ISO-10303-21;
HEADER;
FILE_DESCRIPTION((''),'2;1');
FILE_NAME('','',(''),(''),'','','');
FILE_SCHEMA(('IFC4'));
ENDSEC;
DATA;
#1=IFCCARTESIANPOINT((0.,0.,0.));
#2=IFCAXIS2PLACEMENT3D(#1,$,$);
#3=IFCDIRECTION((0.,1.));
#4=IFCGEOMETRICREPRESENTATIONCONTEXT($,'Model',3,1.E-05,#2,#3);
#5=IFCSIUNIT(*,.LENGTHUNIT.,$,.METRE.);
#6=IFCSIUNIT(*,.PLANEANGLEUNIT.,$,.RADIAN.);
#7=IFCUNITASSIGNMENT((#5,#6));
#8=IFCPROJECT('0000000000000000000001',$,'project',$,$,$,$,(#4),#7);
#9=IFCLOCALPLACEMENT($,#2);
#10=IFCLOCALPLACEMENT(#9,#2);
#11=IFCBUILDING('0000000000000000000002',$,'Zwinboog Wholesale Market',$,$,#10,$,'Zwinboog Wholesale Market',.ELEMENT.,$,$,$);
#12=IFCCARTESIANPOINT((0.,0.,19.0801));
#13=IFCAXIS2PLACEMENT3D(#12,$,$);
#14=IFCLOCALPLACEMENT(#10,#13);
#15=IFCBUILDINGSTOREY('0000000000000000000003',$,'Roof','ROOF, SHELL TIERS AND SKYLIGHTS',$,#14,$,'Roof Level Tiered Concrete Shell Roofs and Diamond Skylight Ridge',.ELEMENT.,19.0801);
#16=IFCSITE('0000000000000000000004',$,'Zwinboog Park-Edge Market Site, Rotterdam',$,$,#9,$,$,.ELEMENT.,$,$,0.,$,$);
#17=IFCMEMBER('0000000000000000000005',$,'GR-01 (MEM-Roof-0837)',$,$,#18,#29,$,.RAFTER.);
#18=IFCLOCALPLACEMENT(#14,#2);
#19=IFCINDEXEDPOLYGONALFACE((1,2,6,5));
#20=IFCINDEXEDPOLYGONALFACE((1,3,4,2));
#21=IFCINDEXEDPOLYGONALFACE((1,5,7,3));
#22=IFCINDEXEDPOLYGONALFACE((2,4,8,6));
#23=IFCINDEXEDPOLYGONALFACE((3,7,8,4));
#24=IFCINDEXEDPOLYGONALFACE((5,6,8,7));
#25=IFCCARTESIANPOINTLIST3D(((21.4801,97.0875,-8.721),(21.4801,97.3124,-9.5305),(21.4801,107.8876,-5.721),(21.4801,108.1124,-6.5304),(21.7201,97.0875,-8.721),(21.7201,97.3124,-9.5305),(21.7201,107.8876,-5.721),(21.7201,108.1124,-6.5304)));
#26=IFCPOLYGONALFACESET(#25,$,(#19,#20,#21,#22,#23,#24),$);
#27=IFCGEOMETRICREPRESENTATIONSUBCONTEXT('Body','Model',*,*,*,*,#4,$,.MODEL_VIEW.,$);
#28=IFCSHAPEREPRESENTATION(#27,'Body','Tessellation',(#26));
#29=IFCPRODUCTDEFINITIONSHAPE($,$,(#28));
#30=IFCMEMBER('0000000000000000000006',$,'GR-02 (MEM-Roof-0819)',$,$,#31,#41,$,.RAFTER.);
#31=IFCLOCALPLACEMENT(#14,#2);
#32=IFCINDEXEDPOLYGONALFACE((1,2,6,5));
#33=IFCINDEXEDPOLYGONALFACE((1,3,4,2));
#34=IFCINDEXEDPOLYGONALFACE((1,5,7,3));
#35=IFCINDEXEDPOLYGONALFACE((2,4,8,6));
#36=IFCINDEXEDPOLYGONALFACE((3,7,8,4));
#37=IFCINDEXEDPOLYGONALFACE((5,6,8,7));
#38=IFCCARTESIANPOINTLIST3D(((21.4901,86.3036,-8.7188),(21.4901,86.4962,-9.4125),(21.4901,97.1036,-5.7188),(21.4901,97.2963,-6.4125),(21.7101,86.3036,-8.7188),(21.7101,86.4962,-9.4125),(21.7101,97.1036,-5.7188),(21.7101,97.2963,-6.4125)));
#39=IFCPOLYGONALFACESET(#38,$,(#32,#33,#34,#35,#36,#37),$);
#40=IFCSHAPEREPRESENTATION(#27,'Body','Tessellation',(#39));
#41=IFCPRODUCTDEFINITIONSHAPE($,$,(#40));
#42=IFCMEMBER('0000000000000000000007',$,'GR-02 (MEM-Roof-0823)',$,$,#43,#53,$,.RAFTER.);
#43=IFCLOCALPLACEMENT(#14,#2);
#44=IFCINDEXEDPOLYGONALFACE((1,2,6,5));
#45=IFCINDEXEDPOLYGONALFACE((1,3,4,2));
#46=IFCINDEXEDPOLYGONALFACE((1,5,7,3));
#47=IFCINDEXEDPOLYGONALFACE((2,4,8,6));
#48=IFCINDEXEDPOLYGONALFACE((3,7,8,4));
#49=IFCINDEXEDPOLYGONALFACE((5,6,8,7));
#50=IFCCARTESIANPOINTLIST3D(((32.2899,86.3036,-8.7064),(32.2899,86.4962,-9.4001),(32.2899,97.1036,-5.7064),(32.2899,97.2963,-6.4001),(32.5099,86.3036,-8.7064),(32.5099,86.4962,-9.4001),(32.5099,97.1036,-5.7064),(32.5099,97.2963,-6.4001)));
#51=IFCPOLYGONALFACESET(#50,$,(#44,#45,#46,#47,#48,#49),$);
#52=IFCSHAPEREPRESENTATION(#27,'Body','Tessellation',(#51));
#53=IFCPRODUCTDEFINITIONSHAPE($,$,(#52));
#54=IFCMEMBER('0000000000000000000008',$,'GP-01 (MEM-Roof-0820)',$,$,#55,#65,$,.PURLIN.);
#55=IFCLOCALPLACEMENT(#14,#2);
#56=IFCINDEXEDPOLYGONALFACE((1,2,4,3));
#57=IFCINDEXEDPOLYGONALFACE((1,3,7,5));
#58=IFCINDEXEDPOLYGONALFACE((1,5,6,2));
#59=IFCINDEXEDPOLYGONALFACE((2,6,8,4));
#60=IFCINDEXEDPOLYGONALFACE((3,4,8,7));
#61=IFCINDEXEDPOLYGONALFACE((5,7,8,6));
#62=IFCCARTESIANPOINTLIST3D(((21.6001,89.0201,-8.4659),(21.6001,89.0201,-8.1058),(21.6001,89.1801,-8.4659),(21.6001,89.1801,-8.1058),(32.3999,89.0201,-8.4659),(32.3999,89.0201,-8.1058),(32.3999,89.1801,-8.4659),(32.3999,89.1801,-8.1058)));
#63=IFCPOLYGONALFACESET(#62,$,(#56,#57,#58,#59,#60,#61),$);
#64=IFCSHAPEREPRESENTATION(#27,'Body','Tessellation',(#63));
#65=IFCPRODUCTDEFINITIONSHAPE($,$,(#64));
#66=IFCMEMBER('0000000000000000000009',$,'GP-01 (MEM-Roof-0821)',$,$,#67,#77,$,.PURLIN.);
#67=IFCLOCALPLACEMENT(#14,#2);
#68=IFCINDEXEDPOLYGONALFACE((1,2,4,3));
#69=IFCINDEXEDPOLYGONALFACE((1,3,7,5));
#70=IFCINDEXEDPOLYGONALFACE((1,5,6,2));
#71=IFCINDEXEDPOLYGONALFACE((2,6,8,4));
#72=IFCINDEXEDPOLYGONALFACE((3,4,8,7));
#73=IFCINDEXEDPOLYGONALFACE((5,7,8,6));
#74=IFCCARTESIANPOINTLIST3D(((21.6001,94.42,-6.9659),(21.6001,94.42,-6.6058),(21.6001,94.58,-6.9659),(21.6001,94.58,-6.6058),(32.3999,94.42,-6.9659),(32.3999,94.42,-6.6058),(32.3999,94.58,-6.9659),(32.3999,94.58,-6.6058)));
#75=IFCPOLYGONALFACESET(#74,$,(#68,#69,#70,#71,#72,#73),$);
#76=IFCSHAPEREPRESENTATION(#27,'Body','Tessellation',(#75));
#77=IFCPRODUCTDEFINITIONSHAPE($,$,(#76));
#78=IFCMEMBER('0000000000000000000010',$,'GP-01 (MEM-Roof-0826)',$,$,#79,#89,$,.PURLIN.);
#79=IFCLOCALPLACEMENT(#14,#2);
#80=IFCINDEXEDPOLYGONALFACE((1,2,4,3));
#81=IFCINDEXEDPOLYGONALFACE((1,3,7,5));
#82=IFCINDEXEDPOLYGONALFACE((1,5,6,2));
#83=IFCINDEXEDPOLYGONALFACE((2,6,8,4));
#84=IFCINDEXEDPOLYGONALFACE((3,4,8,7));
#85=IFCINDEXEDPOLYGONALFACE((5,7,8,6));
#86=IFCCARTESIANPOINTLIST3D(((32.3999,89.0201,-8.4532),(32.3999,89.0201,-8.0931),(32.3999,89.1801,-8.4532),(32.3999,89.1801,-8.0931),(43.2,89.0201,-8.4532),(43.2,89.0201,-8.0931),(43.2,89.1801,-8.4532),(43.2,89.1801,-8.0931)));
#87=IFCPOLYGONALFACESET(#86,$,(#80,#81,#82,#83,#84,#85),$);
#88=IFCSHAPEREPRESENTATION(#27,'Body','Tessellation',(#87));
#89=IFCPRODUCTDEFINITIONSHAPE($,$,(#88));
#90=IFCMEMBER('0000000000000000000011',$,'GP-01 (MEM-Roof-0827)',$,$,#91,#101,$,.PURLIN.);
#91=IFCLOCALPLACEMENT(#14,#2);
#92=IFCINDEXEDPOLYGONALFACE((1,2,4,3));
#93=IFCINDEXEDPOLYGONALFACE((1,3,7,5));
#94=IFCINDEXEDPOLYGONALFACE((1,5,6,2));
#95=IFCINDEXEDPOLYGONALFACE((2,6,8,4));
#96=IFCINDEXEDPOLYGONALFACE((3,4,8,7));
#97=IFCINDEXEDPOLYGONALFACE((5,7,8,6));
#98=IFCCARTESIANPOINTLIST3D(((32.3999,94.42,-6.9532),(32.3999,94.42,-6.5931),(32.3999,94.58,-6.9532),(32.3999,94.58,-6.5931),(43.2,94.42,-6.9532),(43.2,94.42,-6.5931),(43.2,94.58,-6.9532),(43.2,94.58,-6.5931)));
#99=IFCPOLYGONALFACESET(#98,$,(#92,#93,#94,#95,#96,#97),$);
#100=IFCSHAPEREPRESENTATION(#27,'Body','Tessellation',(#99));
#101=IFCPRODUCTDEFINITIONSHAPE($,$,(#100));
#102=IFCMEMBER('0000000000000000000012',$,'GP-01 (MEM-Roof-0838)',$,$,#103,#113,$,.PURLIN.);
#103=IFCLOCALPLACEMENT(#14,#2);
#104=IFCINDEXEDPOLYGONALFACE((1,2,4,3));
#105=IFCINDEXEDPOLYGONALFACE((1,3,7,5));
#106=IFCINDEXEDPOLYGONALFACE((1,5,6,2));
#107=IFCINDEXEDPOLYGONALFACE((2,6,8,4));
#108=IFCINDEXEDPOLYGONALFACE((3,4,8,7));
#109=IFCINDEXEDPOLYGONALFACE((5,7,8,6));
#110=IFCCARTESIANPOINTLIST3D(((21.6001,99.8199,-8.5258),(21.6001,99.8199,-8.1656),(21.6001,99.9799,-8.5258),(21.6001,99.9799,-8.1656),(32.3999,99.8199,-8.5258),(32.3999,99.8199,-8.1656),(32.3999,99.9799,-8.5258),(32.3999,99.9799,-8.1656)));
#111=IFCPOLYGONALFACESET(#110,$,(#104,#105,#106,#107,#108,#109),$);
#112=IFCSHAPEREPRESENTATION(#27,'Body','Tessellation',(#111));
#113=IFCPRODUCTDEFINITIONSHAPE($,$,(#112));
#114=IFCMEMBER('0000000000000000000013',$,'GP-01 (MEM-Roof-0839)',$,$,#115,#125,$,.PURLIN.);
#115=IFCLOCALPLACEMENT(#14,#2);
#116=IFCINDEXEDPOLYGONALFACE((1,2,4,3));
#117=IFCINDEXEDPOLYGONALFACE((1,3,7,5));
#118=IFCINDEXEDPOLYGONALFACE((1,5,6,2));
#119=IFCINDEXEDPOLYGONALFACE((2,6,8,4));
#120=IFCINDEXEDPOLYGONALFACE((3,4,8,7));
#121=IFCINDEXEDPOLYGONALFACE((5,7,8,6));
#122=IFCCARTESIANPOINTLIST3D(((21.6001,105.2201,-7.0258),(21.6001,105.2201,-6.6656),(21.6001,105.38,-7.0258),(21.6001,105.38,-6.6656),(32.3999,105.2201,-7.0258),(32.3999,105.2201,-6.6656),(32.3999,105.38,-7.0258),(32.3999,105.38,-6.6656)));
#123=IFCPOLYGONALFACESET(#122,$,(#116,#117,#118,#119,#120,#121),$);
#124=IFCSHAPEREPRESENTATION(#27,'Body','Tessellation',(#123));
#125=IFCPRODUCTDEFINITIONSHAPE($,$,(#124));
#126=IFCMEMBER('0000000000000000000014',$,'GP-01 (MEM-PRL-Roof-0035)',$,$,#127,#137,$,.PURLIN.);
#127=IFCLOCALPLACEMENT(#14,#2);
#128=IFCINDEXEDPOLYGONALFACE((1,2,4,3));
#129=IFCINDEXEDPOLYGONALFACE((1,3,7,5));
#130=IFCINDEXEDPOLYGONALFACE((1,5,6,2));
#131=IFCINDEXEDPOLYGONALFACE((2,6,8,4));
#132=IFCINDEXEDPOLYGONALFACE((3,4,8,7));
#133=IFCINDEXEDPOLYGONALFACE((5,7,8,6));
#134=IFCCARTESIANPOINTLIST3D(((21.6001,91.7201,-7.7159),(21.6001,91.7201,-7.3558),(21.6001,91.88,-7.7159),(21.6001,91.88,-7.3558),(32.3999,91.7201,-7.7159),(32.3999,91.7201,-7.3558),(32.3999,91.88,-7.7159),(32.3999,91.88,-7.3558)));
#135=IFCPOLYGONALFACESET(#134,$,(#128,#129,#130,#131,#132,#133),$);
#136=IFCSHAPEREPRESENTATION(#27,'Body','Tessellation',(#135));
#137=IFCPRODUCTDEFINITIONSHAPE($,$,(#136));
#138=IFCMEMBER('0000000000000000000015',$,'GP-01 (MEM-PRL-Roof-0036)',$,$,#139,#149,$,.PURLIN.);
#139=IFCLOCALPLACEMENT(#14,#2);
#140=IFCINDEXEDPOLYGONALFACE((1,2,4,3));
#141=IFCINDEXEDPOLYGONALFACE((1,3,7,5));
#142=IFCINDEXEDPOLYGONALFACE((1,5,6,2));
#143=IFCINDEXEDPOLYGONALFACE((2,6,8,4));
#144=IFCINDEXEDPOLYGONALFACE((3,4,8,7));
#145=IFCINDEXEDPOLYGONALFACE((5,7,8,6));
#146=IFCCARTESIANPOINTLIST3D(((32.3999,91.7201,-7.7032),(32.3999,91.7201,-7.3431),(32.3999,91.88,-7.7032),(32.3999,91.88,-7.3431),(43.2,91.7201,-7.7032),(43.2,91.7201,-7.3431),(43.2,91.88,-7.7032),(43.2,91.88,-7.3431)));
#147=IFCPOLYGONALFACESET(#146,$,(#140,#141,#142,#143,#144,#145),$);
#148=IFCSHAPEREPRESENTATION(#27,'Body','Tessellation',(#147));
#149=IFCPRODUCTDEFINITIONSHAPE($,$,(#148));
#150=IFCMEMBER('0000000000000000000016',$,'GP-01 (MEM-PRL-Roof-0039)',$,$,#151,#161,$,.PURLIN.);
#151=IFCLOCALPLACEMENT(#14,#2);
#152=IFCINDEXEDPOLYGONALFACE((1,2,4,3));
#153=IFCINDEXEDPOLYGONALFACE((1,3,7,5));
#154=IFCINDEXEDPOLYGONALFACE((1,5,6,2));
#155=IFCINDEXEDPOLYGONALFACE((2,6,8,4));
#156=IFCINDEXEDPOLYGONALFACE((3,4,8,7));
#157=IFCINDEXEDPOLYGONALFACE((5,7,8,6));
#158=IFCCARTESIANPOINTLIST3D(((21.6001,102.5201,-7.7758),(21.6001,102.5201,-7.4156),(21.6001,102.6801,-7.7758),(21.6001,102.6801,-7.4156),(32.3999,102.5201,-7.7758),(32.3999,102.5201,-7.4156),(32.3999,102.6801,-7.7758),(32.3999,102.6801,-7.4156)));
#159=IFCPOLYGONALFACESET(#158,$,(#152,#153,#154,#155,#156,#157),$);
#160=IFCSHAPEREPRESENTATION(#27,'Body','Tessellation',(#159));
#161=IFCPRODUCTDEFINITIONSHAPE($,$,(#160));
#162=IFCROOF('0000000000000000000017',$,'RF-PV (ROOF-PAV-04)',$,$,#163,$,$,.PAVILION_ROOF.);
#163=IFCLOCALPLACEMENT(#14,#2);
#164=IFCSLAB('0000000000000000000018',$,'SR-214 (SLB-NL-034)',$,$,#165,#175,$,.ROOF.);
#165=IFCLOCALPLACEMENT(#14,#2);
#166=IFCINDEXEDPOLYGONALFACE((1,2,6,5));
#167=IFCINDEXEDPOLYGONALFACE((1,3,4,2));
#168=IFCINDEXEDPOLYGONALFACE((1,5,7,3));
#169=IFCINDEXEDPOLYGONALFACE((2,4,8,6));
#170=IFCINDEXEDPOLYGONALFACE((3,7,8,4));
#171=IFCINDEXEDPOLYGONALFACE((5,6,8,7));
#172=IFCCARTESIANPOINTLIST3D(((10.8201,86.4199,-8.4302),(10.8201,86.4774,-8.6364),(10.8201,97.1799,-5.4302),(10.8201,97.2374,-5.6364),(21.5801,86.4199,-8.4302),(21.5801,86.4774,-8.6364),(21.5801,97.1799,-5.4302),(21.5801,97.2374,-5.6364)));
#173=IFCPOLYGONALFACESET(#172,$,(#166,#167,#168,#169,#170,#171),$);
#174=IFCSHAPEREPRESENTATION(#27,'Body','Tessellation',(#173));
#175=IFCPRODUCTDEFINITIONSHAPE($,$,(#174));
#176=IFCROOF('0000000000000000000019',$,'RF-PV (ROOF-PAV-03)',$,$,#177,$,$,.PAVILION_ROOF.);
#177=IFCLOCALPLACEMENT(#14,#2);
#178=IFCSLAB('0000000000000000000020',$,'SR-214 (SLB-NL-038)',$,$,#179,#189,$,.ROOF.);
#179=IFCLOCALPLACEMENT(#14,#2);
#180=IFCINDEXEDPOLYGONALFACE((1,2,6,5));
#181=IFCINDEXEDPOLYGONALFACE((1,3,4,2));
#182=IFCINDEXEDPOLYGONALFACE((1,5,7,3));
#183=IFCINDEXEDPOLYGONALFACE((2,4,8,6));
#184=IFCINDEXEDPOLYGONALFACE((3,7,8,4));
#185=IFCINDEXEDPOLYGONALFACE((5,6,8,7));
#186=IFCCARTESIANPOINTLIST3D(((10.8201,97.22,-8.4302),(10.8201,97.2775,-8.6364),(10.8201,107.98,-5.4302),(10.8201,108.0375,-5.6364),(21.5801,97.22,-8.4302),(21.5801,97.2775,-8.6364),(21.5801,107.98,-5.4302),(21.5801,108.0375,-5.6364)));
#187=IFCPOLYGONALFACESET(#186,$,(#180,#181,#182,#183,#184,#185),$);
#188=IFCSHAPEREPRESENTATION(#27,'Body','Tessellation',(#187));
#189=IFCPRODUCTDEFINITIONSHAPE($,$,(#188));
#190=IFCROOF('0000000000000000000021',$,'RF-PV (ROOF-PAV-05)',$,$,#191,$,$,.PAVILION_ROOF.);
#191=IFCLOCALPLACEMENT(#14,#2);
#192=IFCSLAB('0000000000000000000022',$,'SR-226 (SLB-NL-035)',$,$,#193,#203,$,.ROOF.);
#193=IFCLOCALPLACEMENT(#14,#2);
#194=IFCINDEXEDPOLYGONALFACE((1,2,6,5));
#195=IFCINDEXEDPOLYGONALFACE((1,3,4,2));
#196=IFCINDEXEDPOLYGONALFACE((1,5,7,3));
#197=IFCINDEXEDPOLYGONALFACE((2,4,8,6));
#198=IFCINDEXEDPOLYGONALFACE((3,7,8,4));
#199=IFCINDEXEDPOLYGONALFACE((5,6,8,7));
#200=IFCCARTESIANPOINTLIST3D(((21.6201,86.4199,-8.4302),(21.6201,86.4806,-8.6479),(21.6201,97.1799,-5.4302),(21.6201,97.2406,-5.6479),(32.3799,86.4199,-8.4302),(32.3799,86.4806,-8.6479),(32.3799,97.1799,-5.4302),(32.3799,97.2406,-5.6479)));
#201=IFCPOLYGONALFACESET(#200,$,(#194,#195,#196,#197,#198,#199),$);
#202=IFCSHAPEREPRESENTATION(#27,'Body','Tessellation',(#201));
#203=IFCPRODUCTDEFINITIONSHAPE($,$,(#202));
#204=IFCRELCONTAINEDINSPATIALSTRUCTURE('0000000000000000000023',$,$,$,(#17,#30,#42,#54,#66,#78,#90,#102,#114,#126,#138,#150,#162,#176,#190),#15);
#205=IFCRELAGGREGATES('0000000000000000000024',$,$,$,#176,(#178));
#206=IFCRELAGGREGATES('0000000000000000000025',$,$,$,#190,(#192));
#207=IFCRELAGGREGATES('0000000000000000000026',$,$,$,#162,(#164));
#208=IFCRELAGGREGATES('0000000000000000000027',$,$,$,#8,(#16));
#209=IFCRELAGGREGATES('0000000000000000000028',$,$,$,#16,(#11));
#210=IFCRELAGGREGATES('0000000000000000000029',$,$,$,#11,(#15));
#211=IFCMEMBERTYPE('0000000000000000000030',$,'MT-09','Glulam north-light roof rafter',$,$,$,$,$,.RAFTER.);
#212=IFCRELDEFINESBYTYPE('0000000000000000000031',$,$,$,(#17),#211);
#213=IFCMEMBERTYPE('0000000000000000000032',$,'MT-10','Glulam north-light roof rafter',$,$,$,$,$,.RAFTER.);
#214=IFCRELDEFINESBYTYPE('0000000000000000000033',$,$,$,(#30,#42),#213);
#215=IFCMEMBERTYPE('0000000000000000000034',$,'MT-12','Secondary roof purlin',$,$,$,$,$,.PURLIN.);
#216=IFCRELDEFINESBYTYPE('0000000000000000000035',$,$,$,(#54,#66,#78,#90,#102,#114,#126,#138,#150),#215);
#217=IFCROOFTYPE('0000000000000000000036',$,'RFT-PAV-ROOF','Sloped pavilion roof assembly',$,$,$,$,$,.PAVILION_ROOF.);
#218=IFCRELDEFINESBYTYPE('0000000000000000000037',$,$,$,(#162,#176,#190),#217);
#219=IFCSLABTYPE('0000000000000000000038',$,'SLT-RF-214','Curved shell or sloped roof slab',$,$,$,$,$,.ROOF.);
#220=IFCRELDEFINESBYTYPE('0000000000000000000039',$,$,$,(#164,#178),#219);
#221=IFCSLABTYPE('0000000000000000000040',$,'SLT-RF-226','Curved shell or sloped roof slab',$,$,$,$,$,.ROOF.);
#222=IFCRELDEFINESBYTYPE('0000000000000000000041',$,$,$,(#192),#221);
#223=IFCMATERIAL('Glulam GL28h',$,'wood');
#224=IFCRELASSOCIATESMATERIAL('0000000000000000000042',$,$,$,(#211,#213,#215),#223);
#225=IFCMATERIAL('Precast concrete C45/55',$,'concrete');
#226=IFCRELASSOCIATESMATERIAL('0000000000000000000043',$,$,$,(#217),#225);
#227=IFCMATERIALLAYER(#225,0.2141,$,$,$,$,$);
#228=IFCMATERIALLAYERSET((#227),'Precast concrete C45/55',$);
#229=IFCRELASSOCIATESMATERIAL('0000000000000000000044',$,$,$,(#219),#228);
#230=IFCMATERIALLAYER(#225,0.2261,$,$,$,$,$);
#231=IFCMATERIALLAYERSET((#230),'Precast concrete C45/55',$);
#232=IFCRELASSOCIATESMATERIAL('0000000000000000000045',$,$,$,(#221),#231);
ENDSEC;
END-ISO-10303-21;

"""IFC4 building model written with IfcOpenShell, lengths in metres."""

from ifc_helpers import new_model, si_unit, direction, frame, origin, origin_2d, place, context, subcontext, project, spatial, polyline, rectangle, outline, extrude, material, layer, layer_set, material_profile, profile_set, type_object, element, aggregate, save


model = new_model("IFC4")

# Units and contexts
model_context = context("Model", 3, precision=1e-05, world=origin(), true_north=direction((0.0, 1.0)))
body_context = subcontext(model_context, "Body", "Model", "MODEL_VIEW")
ifc_project = project(units=[si_unit("LENGTHUNIT", "METRE"), si_unit("PLANEANGLEUNIT", "RADIAN")], contexts=[model_context])

# Site, building, storey
site_placement = place(None, origin())
site = spatial("IfcSite", under=ifc_project, at=site_placement, Name="Zwinboog Park-Edge Market Site, Rotterdam", CompositionType="ELEMENT", RefElevation=0.0)
building_placement = place(site_placement, origin())
building = spatial("IfcBuilding", under=site, at=building_placement, Name="Zwinboog Wholesale Market", LongName="Zwinboog Wholesale Market", CompositionType="ELEMENT")
storey_placement = place(building_placement, frame((0.0, 0.0, 19.0801)))
storey = spatial("IfcBuildingStorey", under=building, at=storey_placement, Name="Roof", Description="ROOF, SHELL TIERS AND SKYLIGHTS", LongName="Roof Level Tiered Concrete Shell Roofs and Diamond Skylight Ridge", CompositionType="ELEMENT", Elevation=19.0801)

# Shared definitions
ifc_material_1 = material(Name="Precast concrete C45/55", Category="concrete")

# Members
ifc_material_2 = material(Name="Glulam GL28h", Category="wood")
ifc_material_profile_1 = material_profile(ifc_material_2, rectangle(XDim=0.24, YDim=0.8401, at=origin_2d()), Name="GL28h 240x840")
ifc_profile_set_1 = profile_set([ifc_material_profile_1], Name="Glulam GL28h")
member_type_1 = type_object("IfcMemberType", Name="MT-09", Description="Glulam north-light roof rafter", PredefinedType="RAFTER", material=ifc_profile_set_1)
member_1_placement = place(storey_placement, frame((21.6001, 97.2, -9.1257), z_axis=(0.0, 0.963518, 0.267643), x_axis=(-1.0, 0.0, 0.0)))
element("IfcMember", 1, at=member_1_placement, inside=storey, type_object=member_type_1, Name="GR-01 (MEM-Roof-0837)", PredefinedType="RAFTER", context=body_context, shape_type="SweptSolid", body=[
    extrude(rectangle(XDim=0.24, YDim=0.8401, at=origin_2d()), origin(), (0.0, 0.0, 1.0), 11.209),
])
ifc_material_profile_2 = material_profile(ifc_material_2, rectangle(XDim=0.22, YDim=0.72, at=origin_2d()), Name="GL28h 220x720")
ifc_profile_set_2 = profile_set([ifc_material_profile_2], Name="Glulam GL28h")
member_type_2 = type_object("IfcMemberType", Name="MT-10", Description="Glulam north-light roof rafter", PredefinedType="RAFTER", material=ifc_profile_set_2)
for number, where, z_axis, x_axis, name in (
    (2, (21.6001, 86.3999, -9.0657), (0.0, 0.963518, 0.267643), (-1.0, 0.0, 0.0), "GR-02 (MEM-Roof-0819)"),
    (3, (32.3999, 86.3999, -9.0532), (0.0, 0.963518, 0.267643), (-1.0, 0.0, 0.0), "GR-02 (MEM-Roof-0823)"),
):
    element("IfcMember", number, at=place(storey_placement, frame(where, z_axis=z_axis, x_axis=x_axis)), inside=storey, type_object=member_type_2, Name=name, PredefinedType="RAFTER", context=body_context, shape_type="SweptSolid", body=[
        extrude(rectangle(XDim=0.22, YDim=0.72, at=origin_2d()), origin(), (0.0, 0.0, 1.0), 11.209),
    ])
ifc_material_profile_3 = material_profile(ifc_material_2, rectangle(XDim=0.1599, YDim=0.3601, at=origin_2d()), Name="GL28h 160x360")
ifc_profile_set_3 = profile_set([ifc_material_profile_3], Name="Glulam GL28h")
member_type_3 = type_object("IfcMemberType", Name="MT-12", Description="Secondary roof purlin", PredefinedType="PURLIN", material=ifc_profile_set_3)
for number, where, z_axis, x_axis, name in (
    (4, (21.6001, 89.1001, -8.2859), (1.0, 0.0, 0.0), (0.0, 1.0, 0.0), "GP-01 (MEM-Roof-0820)"),
    (5, (21.6001, 94.5, -6.7859), (1.0, 0.0, 0.0), (0.0, 1.0, 0.0), "GP-01 (MEM-Roof-0821)"),
):
    element("IfcMember", number, at=place(storey_placement, frame(where, z_axis=z_axis, x_axis=x_axis)), inside=storey, type_object=member_type_3, Name=name, PredefinedType="PURLIN", context=body_context, shape_type="SweptSolid", body=[
        extrude(rectangle(XDim=0.1599, YDim=0.3601, at=origin_2d()), origin(), (0.0, 0.0, 1.0), 10.7998),
    ])
for number, where, z_axis, x_axis, name in (
    (6, (32.3999, 89.1001, -8.2732), (1.0, 0.0, 0.0), (0.0, 1.0, 0.0), "GP-01 (MEM-Roof-0826)"),
    (7, (32.3999, 94.5, -6.7732), (1.0, 0.0, 0.0), (0.0, 1.0, 0.0), "GP-01 (MEM-Roof-0827)"),
):
    element("IfcMember", number, at=place(storey_placement, frame(where, z_axis=z_axis, x_axis=x_axis)), inside=storey, type_object=member_type_3, Name=name, PredefinedType="PURLIN", context=body_context, shape_type="SweptSolid", body=[
        extrude(rectangle(XDim=0.1599, YDim=0.3601, at=origin_2d()), origin(), (0.0, 0.0, 1.0), 10.8),
    ])
for number, where, z_axis, x_axis, name in (
    (8, (21.6001, 99.8999, -8.3457), (1.0, 0.0, 0.0), (0.0, 1.0, 0.0), "GP-01 (MEM-Roof-0838)"),
    (9, (21.6001, 105.3, -6.8457), (1.0, 0.0, 0.0), (0.0, 1.0, 0.0), "GP-01 (MEM-Roof-0839)"),
    (10, (21.6001, 91.8, -7.5359), (1.0, 0.0, 0.0), (0.0, 1.0, 0.0), "GP-01 (MEM-PRL-Roof-0035)"),
):
    element("IfcMember", number, at=place(storey_placement, frame(where, z_axis=z_axis, x_axis=x_axis)), inside=storey, type_object=member_type_3, Name=name, PredefinedType="PURLIN", context=body_context, shape_type="SweptSolid", body=[
        extrude(rectangle(XDim=0.1599, YDim=0.3601, at=origin_2d()), origin(), (0.0, 0.0, 1.0), 10.7998),
    ])
member_2_placement = place(storey_placement, frame((32.3999, 91.8, -7.5232), z_axis=(1.0, 0.0, 0.0), x_axis=(0.0, 1.0, 0.0)))
element("IfcMember", 11, at=member_2_placement, inside=storey, type_object=member_type_3, Name="GP-01 (MEM-PRL-Roof-0036)", PredefinedType="PURLIN", context=body_context, shape_type="SweptSolid", body=[
    extrude(rectangle(XDim=0.1599, YDim=0.3601, at=origin_2d()), origin(), (0.0, 0.0, 1.0), 10.8),
])
member_3_placement = place(storey_placement, frame((21.6001, 102.6001, -7.5957), z_axis=(1.0, 0.0, 0.0), x_axis=(0.0, 1.0, 0.0)))
element("IfcMember", 12, at=member_3_placement, inside=storey, type_object=member_type_3, Name="GP-01 (MEM-PRL-Roof-0039)", PredefinedType="PURLIN", context=body_context, shape_type="SweptSolid", body=[
    extrude(rectangle(XDim=0.1599, YDim=0.3601, at=origin_2d()), origin(), (0.0, 0.0, 1.0), 10.7998),
])

# Roofs, slabs
roof_type = type_object("IfcRoofType", Name="RFT-PAV-ROOF", Description="Sloped pavilion roof assembly", PredefinedType="PAVILION_ROOF", material=ifc_material_1)
roof_1_placement = place(storey_placement, origin())
roof_1 = element("IfcRoof", 13, at=roof_1_placement, inside=storey, type_object=roof_type, Name="RF-PV (ROOF-PAV-04)", PredefinedType="PAVILION_ROOF")
ifc_layer_1 = layer(ifc_material_1, 0.2141)
ifc_layer_set_1 = layer_set([ifc_layer_1], Name="Precast concrete C45/55")
slab_type_1 = type_object("IfcSlabType", Name="SLT-RF-214", Description="Curved shell or sloped roof slab", PredefinedType="ROOF", material=ifc_layer_set_1)
slab_1_placement = place(storey_placement, frame((10.8201, 86.4199, -8.4302), z_axis=(0.0, -0.268567, 0.963261), x_axis=(1.0, 0.0, 0.0)))
slab_1 = element("IfcSlab", 14, at=slab_1_placement, type_object=slab_type_1, Name="SR-214 (SLB-NL-034)", PredefinedType="ROOF", context=body_context, shape_type="SweptSolid", body=[
    extrude(outline(polyline([(0.0, 0.0), (10.76, 0.0), (10.76, 11.1704), (0.0, 11.1704), (0.0, 0.0)])), origin(), (0.0, 0.0, -1.0), 0.2141),
])
roof_2_placement = place(storey_placement, origin())
roof_2 = element("IfcRoof", 15, at=roof_2_placement, inside=storey, type_object=roof_type, Name="RF-PV (ROOF-PAV-03)", PredefinedType="PAVILION_ROOF")
slab_2_placement = place(storey_placement, frame((10.8201, 97.22, -8.4302), z_axis=(0.0, -0.268567, 0.963261), x_axis=(1.0, 0.0, 0.0)))
slab_2 = element("IfcSlab", 16, at=slab_2_placement, type_object=slab_type_1, Name="SR-214 (SLB-NL-038)", PredefinedType="ROOF", context=body_context, shape_type="SweptSolid", body=[
    extrude(outline(polyline([(0.0, 0.0), (10.76, 0.0), (10.76, 11.1704), (0.0, 11.1704), (0.0, 0.0)])), origin(), (0.0, 0.0, -1.0), 0.2141),
])
aggregate(roof_2, [slab_2])
roof_3_placement = place(storey_placement, origin())
roof_3 = element("IfcRoof", 17, at=roof_3_placement, inside=storey, type_object=roof_type, Name="RF-PV (ROOF-PAV-05)", PredefinedType="PAVILION_ROOF")
ifc_layer_2 = layer(ifc_material_1, 0.2261)
ifc_layer_set_2 = layer_set([ifc_layer_2], Name="Precast concrete C45/55")
slab_type_2 = type_object("IfcSlabType", Name="SLT-RF-226", Description="Curved shell or sloped roof slab", PredefinedType="ROOF", material=ifc_layer_set_2)
slab_3_placement = place(storey_placement, frame((21.6201, 86.4199, -8.4302), z_axis=(0.0, -0.268567, 0.963261), x_axis=(1.0, 0.0, 0.0)))
slab_3 = element("IfcSlab", 18, at=slab_3_placement, type_object=slab_type_2, Name="SR-226 (SLB-NL-035)", PredefinedType="ROOF", context=body_context, shape_type="SweptSolid", body=[
    extrude(outline(polyline([(0.0, 0.0), (10.7598, 0.0), (10.7598, 11.1704), (0.0, 11.1704), (0.0, 0.0)])), origin(), (0.0, 0.0, -1.0), 0.2261),
])
aggregate(roof_3, [slab_3])

aggregate(roof_1, [slab_1])

save(model, "model.ifc")
